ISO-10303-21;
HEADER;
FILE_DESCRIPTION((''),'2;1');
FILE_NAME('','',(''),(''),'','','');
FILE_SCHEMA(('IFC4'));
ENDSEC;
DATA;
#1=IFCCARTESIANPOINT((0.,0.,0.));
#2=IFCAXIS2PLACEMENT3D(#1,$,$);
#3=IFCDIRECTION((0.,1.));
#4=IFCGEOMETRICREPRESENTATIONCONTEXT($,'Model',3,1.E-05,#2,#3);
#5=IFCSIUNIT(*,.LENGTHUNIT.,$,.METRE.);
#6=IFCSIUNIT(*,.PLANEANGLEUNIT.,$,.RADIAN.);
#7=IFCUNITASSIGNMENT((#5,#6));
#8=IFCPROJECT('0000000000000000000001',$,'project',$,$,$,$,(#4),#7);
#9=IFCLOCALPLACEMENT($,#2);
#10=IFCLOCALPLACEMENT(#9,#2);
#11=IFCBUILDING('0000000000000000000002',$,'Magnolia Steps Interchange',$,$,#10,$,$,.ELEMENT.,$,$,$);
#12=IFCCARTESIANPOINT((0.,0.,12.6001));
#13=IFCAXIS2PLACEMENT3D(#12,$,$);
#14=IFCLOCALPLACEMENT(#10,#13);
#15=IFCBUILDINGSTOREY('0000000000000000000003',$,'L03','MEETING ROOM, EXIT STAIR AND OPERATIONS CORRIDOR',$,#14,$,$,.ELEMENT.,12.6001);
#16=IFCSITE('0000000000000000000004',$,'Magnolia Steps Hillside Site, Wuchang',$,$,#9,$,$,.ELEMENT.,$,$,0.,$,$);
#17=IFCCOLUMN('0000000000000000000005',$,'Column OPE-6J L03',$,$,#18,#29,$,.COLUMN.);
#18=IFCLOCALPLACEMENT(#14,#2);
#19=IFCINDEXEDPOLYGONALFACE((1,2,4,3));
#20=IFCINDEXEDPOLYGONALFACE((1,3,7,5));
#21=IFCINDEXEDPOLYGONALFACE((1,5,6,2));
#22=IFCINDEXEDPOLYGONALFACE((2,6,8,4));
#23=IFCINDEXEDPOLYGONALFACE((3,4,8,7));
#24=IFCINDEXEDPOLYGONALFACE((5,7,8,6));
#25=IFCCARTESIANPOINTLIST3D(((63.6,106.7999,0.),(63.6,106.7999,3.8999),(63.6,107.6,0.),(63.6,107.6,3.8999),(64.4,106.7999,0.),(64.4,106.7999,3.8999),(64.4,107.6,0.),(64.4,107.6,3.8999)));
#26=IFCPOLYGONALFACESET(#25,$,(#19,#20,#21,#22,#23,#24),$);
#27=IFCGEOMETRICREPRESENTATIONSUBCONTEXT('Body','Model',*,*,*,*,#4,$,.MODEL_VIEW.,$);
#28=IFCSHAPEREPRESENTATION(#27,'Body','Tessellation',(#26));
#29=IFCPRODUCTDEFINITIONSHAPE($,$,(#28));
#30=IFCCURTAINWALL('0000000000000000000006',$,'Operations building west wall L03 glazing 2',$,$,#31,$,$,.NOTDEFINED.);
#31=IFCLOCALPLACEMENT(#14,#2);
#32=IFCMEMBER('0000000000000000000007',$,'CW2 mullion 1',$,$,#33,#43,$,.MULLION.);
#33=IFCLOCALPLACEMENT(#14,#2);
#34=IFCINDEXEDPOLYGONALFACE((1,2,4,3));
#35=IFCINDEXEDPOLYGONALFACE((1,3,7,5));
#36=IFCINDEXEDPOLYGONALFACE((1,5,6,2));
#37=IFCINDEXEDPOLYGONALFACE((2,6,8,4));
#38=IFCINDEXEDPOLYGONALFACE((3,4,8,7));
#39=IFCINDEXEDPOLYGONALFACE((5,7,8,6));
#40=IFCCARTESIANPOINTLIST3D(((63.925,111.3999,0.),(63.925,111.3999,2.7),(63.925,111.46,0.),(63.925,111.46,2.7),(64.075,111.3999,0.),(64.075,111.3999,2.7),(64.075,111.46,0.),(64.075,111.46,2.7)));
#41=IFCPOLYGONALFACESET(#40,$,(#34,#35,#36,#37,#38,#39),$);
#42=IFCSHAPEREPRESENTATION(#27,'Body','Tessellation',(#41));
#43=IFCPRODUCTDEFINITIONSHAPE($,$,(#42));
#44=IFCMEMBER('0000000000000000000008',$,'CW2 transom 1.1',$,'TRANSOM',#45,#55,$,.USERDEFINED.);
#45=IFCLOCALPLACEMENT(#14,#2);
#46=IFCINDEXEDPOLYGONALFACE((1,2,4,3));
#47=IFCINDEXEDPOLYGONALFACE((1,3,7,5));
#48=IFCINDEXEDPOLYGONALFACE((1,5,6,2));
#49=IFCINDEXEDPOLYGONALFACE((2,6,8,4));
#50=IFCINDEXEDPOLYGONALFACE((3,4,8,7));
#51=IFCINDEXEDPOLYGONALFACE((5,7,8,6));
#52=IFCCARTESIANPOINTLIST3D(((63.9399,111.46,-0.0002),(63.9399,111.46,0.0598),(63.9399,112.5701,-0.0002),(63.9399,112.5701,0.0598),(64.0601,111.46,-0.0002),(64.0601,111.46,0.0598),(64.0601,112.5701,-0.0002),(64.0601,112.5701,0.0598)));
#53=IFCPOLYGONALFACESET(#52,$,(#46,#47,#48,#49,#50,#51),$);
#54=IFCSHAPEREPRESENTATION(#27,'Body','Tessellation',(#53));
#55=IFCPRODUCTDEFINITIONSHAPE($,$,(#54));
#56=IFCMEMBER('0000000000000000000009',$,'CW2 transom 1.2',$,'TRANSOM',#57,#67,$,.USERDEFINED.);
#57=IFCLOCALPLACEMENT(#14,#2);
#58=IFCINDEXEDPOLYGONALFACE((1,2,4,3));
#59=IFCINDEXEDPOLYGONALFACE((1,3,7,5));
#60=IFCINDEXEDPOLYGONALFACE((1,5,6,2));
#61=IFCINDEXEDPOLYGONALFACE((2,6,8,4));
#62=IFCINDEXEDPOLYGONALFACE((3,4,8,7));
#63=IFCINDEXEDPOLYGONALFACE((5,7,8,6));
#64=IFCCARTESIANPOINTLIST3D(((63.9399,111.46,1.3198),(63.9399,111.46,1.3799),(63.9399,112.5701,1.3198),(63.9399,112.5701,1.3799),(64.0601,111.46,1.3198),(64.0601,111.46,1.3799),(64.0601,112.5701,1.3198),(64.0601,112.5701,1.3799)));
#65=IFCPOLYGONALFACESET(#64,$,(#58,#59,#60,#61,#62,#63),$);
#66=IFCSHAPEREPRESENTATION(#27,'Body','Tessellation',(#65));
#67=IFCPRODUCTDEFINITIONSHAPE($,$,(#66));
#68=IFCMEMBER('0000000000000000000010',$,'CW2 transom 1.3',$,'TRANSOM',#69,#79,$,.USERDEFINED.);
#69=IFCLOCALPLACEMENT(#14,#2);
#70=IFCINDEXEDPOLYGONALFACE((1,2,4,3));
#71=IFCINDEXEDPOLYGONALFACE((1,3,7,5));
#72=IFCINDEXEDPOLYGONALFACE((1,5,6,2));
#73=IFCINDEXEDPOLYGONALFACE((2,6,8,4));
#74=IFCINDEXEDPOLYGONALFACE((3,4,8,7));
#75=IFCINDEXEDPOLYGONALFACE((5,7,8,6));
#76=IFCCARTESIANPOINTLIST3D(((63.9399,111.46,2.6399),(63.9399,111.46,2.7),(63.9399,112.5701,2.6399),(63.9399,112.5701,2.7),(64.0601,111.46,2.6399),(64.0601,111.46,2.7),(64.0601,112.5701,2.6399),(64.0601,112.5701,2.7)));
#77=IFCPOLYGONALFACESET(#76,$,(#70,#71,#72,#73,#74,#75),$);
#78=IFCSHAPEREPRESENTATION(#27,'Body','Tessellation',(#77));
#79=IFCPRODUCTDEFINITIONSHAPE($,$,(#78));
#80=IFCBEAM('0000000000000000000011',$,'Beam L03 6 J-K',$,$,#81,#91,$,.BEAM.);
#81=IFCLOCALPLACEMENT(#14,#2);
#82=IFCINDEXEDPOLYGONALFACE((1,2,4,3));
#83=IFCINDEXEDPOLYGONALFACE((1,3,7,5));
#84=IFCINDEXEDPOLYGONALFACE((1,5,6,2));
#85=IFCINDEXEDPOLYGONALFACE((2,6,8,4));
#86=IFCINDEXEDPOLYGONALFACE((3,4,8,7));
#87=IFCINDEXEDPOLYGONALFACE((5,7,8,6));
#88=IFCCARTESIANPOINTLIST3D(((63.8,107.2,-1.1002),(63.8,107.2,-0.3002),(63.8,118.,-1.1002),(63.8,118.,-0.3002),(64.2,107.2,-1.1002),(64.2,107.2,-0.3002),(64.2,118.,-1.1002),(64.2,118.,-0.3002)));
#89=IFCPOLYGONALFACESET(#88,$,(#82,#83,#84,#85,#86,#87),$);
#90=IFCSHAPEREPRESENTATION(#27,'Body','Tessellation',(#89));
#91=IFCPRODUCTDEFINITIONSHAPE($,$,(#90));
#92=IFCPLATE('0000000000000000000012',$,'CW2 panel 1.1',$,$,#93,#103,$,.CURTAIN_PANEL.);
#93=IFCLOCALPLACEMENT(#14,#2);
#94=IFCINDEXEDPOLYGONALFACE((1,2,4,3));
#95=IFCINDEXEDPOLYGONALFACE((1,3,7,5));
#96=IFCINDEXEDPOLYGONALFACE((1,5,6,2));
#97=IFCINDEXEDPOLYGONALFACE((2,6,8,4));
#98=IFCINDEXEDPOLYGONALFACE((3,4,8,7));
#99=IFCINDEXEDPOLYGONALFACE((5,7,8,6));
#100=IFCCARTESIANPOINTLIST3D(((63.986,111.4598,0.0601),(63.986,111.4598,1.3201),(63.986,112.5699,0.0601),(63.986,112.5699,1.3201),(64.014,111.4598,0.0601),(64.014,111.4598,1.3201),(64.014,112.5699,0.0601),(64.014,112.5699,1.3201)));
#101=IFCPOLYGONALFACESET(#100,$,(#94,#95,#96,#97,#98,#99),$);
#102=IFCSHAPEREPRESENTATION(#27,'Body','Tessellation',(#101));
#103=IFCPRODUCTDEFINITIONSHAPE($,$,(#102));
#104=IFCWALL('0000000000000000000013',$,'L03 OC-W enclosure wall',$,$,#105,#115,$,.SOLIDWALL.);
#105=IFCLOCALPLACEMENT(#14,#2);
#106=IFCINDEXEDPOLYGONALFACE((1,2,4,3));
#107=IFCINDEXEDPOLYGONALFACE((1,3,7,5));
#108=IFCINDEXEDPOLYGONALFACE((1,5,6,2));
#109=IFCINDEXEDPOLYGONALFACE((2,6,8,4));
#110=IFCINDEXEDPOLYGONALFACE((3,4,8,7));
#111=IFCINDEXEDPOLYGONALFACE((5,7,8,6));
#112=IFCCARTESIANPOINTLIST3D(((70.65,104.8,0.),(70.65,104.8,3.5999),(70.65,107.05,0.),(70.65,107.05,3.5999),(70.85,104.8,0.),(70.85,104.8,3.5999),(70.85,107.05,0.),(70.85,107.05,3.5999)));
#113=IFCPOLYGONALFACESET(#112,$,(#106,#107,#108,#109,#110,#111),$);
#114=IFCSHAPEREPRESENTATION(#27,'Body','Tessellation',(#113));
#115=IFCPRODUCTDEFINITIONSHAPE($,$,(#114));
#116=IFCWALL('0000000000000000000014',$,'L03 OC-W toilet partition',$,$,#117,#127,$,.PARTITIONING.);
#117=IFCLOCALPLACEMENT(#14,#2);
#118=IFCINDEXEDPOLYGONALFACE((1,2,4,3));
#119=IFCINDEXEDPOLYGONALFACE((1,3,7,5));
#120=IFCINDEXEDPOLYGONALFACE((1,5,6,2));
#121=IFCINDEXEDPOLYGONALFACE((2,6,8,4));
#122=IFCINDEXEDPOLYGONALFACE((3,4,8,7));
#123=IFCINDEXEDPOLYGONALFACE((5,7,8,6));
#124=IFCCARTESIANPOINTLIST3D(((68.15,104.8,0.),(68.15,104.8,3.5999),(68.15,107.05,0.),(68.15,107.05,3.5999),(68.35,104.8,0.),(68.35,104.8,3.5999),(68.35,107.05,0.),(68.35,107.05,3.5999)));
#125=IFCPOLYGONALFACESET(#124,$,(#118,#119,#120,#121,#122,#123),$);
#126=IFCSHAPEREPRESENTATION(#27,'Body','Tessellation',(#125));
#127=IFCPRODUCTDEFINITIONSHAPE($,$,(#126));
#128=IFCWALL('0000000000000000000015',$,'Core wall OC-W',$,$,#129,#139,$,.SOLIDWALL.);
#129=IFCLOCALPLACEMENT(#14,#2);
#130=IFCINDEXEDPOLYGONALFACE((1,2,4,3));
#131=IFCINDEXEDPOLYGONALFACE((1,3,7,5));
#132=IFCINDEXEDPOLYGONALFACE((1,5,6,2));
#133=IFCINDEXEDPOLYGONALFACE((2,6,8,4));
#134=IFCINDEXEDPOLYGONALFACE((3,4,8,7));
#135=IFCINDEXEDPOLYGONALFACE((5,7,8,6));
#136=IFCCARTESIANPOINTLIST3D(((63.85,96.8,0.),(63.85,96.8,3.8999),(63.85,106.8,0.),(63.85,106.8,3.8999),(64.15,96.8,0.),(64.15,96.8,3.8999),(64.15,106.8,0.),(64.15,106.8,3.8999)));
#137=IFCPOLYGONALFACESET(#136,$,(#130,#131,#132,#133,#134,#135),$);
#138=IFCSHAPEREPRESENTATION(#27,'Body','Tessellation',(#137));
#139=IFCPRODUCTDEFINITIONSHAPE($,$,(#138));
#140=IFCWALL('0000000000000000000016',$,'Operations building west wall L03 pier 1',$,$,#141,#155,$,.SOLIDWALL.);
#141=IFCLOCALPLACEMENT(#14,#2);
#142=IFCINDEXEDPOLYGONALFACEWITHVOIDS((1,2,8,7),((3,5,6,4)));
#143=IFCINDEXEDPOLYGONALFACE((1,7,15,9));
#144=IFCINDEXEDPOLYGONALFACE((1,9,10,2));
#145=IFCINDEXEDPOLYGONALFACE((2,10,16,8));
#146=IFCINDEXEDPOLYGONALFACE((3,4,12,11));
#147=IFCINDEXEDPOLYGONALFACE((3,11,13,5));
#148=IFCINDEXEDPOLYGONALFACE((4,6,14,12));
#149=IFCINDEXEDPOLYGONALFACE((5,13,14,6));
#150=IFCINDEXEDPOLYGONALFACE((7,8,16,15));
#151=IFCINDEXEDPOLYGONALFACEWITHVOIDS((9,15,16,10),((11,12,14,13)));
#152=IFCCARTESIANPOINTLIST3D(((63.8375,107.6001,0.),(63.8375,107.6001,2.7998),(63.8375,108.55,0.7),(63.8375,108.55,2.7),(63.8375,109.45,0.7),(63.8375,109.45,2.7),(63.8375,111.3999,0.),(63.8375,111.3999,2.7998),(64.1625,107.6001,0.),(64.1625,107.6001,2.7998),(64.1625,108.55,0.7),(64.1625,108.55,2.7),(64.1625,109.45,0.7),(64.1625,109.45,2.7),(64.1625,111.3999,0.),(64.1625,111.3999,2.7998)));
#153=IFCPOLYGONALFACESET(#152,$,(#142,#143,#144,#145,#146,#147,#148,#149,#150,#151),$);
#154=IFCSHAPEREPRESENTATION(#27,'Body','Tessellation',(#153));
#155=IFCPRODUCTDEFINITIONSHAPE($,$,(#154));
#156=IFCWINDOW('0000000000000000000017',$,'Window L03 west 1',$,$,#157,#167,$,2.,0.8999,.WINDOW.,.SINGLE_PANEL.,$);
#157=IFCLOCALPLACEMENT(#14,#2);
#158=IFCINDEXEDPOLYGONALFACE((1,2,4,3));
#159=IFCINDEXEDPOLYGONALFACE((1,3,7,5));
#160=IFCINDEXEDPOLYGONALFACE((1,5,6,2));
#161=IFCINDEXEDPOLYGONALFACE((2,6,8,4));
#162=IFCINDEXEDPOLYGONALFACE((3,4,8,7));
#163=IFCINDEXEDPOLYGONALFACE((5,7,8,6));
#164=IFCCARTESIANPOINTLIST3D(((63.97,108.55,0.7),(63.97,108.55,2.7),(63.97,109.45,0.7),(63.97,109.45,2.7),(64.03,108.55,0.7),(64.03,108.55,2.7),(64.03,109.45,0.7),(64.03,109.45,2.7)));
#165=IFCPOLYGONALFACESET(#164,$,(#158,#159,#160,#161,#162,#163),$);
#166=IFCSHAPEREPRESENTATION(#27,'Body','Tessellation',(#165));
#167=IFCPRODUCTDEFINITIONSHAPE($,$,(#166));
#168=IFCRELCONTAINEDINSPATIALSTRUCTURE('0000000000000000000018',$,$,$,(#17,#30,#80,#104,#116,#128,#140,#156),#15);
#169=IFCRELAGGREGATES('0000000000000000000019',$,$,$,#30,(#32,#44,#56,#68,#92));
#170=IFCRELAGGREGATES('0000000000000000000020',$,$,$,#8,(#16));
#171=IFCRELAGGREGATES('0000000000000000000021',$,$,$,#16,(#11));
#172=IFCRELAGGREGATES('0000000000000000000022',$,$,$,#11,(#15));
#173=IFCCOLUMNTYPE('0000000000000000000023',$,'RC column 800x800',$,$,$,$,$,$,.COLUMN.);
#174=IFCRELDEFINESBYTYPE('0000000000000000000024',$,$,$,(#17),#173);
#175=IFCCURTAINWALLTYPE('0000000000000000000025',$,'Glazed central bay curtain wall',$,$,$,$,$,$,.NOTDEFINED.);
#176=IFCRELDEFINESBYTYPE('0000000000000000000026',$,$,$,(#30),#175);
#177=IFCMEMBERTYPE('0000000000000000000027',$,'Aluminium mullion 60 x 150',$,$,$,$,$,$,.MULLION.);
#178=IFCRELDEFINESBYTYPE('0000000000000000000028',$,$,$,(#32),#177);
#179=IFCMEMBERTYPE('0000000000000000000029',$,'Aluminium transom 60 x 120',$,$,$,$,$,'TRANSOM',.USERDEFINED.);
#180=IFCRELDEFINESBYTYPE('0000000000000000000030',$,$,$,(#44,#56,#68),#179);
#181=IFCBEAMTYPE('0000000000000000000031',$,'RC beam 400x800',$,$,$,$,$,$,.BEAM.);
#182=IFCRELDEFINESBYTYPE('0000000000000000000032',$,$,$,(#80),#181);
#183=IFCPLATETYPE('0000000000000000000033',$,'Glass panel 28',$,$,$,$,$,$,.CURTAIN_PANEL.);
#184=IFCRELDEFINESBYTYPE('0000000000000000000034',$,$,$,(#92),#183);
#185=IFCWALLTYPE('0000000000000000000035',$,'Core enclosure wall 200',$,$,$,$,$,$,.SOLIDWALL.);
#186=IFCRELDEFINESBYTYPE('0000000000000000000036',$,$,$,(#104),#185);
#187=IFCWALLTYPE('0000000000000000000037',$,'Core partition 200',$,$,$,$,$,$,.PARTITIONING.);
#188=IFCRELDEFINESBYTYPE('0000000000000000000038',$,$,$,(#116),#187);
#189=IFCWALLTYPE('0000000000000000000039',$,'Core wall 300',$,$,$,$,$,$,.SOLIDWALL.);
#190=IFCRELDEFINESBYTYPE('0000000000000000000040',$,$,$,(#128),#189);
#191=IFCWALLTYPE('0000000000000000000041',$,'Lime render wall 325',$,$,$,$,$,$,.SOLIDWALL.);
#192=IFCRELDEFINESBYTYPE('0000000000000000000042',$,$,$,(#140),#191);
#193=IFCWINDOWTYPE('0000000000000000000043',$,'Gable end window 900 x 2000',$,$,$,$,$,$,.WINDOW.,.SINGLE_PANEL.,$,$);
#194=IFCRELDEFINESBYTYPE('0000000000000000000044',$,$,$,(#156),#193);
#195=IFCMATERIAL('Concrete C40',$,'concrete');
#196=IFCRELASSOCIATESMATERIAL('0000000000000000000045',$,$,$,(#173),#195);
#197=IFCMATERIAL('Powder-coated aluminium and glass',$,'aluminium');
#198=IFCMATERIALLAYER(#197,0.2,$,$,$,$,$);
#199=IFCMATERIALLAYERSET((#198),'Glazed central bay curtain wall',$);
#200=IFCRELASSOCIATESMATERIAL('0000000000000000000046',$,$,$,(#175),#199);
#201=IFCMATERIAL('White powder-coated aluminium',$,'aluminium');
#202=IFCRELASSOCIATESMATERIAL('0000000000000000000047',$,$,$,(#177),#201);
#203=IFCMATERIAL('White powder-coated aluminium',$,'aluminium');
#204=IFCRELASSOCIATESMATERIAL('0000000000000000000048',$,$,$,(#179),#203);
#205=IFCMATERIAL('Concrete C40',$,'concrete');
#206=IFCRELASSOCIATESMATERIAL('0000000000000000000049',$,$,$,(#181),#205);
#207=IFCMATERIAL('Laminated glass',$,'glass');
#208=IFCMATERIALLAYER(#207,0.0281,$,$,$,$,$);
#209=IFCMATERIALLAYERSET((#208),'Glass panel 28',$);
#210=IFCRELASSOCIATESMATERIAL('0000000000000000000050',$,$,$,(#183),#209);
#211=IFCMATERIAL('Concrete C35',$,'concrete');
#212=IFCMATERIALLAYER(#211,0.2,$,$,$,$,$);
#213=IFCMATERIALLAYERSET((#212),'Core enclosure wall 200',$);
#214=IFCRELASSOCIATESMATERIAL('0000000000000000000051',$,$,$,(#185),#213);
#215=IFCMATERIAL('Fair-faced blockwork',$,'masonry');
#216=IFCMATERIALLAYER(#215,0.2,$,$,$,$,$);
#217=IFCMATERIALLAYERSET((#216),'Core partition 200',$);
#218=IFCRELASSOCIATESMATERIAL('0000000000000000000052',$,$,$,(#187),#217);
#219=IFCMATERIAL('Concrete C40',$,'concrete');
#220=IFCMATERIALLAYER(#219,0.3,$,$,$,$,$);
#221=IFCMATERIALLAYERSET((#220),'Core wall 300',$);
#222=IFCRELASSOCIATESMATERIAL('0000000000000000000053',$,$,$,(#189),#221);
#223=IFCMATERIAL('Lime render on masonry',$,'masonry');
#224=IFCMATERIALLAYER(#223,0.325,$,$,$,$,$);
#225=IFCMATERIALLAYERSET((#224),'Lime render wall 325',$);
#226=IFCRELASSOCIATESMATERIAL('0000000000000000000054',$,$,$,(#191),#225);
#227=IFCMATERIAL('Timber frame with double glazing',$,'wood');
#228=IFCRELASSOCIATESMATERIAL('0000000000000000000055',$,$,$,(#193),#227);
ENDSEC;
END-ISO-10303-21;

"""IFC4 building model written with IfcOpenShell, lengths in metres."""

from ifc_helpers import new_model, si_unit, direction, frame, frame_2d, origin, origin_2d, place, context, subcontext, project, spatial, rectangle, extrude, material, layer, layer_set, material_profile, profile_set, type_object, element, fill, aggregate, save


model = new_model("IFC4")

# Units and contexts
model_context = context("Model", 3, precision=1e-05, world=origin(), true_north=direction((0.0, 1.0)))
body_context = subcontext(model_context, "Body", "Model", "MODEL_VIEW")
ifc_project = project(units=[si_unit("LENGTHUNIT", "METRE"), si_unit("PLANEANGLEUNIT", "RADIAN")], contexts=[model_context])

# Site, building, storey
site_placement = place(None, origin())
site = spatial("IfcSite", under=ifc_project, at=site_placement, Name="Magnolia Steps Hillside Site, Wuchang", CompositionType="ELEMENT", RefElevation=0.0)
building_placement = place(site_placement, origin())
building = spatial("IfcBuilding", under=site, at=building_placement, Name="Magnolia Steps Interchange", CompositionType="ELEMENT")
storey_placement = place(building_placement, frame((0.0, 0.0, 12.6001)))
storey = spatial("IfcBuildingStorey", under=building, at=storey_placement, Name="L03", Description="MEETING ROOM, EXIT STAIR AND OPERATIONS CORRIDOR", CompositionType="ELEMENT", Elevation=12.6001)

# Column
ifc_material_1 = material(Name="Concrete C40", Category="concrete")
ifc_material_profile_1 = material_profile(ifc_material_1, rectangle(XDim=0.8, YDim=0.8, at=origin_2d()), Name="RC800x800")
ifc_profile_set_1 = profile_set([ifc_material_profile_1], Name="Concrete C40")
column_type = type_object("IfcColumnType", Name="RC column 800x800", PredefinedType="COLUMN", material=ifc_profile_set_1)
column_placement = place(storey_placement, frame((64.0, 107.2, 0.0), z_axis=(0.0, 0.0, 1.0), x_axis=(1.0, 0.0, 0.0)))
element("IfcColumn", 1, at=column_placement, inside=storey, type_object=column_type, Name="Column OPE-6J L03", PredefinedType="COLUMN", context=body_context, shape_type="SweptSolid", body=[
    extrude(rectangle(XDim=0.8, YDim=0.8, at=origin_2d()), origin(), (0.0, 0.0, 1.0), 3.8999),
])

# Curtain wall, members
ifc_material_2 = material(Name="Powder-coated aluminium and glass", Category="aluminium")
ifc_layer_1 = layer(ifc_material_2, 0.2)
ifc_layer_set_1 = layer_set([ifc_layer_1], Name="Glazed central bay curtain wall")
curtain_wall_type = type_object("IfcCurtainWallType", Name="Glazed central bay curtain wall", PredefinedType="NOTDEFINED", material=ifc_layer_set_1)
curtain_wall_placement = place(storey_placement, origin())
curtain_wall = element("IfcCurtainWall", 2, at=curtain_wall_placement, inside=storey, type_object=curtain_wall_type, Name="Operations building west wall L03 glazing 2", PredefinedType="NOTDEFINED")
ifc_material_3 = material(Name="White powder-coated aluminium", Category="aluminium")
ifc_material_profile_2 = material_profile(ifc_material_3, rectangle(XDim=0.0601, YDim=0.1499, at=origin_2d()), Name="Aluminium mullion 60 x 150")
ifc_profile_set_2 = profile_set([ifc_material_profile_2], Name="White powder-coated aluminium")
member_type_1 = type_object("IfcMemberType", Name="Aluminium mullion 60 x 150", PredefinedType="MULLION", material=ifc_profile_set_2)
member_1_placement = place(storey_placement, frame((64.0, 111.4299, 0.0), z_axis=(0.0, 0.0, 1.0), x_axis=(0.0, 1.0, 0.0)))
member_1 = element("IfcMember", 3, at=member_1_placement, type_object=member_type_1, Name="CW2 mullion 1", PredefinedType="MULLION", context=body_context, shape_type="SweptSolid", body=[
    extrude(rectangle(XDim=0.0601, YDim=0.1499, at=origin_2d()), origin(), (0.0, 0.0, 1.0), 2.7),
])
ifc_material_4 = material(Name="White powder-coated aluminium", Category="aluminium")
ifc_material_profile_3 = material_profile(ifc_material_4, rectangle(XDim=0.0601, YDim=0.1201, at=origin_2d()), Name="Aluminium transom 60 x 120")
ifc_profile_set_3 = profile_set([ifc_material_profile_3], Name="White powder-coated aluminium")
member_type_2 = type_object("IfcMemberType", Name="Aluminium transom 60 x 120", ElementType="TRANSOM", PredefinedType="USERDEFINED", material=ifc_profile_set_3)
member_2_placement = place(storey_placement, frame((64.0, 111.46, 0.0298), z_axis=(0.0, 1.0, 0.0), x_axis=(0.0, 0.0, 1.0)))
member_2 = element("IfcMember", 4, at=member_2_placement, type_object=member_type_2, Name="CW2 transom 1.1", ObjectType="TRANSOM", PredefinedType="USERDEFINED", context=body_context, shape_type="SweptSolid", body=[
    extrude(rectangle(XDim=0.0601, YDim=0.1201, at=origin_2d()), origin(), (0.0, 0.0, 1.0), 1.1101),
])
member_3_placement = place(storey_placement, frame((64.0, 111.46, 1.3499), z_axis=(0.0, 1.0, 0.0), x_axis=(0.0, 0.0, 1.0)))
member_3 = element("IfcMember", 5, at=member_3_placement, type_object=member_type_2, Name="CW2 transom 1.2", ObjectType="TRANSOM", PredefinedType="USERDEFINED", context=body_context, shape_type="SweptSolid", body=[
    extrude(rectangle(XDim=0.0601, YDim=0.1201, at=origin_2d()), origin(), (0.0, 0.0, 1.0), 1.1101),
])
member_4_placement = place(storey_placement, frame((64.0, 111.46, 2.6699), z_axis=(0.0, 1.0, 0.0), x_axis=(0.0, 0.0, 1.0)))
member_4 = element("IfcMember", 6, at=member_4_placement, type_object=member_type_2, Name="CW2 transom 1.3", ObjectType="TRANSOM", PredefinedType="USERDEFINED", context=body_context, shape_type="SweptSolid", body=[
    extrude(rectangle(XDim=0.0601, YDim=0.1201, at=origin_2d()), origin(), (0.0, 0.0, 1.0), 1.1101),
])

# Beam
ifc_material_5 = material(Name="Concrete C40", Category="concrete")
ifc_material_profile_4 = material_profile(ifc_material_5, rectangle(XDim=0.3999, YDim=0.8, at=origin_2d()), Name="RC400x800")
ifc_profile_set_4 = profile_set([ifc_material_profile_4], Name="Concrete C40")
beam_type = type_object("IfcBeamType", Name="RC beam 400x800", PredefinedType="BEAM", material=ifc_profile_set_4)
beam_placement = place(storey_placement, frame((64.0, 107.2, -0.7002), z_axis=(0.0, 1.0, 0.0), x_axis=(-1.0, 0.0, 0.0)))
element("IfcBeam", 7, at=beam_placement, inside=storey, type_object=beam_type, Name="Beam L03 6 J-K", PredefinedType="BEAM", context=body_context, shape_type="SweptSolid", body=[
    extrude(rectangle(XDim=0.3999, YDim=0.8, at=origin_2d()), origin(), (0.0, 0.0, 1.0), 10.8),
])

# Plate
ifc_material_6 = material(Name="Laminated glass", Category="glass")
ifc_layer_2 = layer(ifc_material_6, 0.0281)
ifc_layer_set_2 = layer_set([ifc_layer_2], Name="Glass panel 28")
plate_type = type_object("IfcPlateType", Name="Glass panel 28", PredefinedType="CURTAIN_PANEL", material=ifc_layer_set_2)
plate_placement = place(storey_placement, frame((64.0, 112.0149, 0.0601), z_axis=(0.0, 0.0, 1.0), x_axis=(0.0, 1.0, 0.0)))
plate = element("IfcPlate", 8, at=plate_placement, type_object=plate_type, Name="CW2 panel 1.1", PredefinedType="CURTAIN_PANEL", context=body_context, shape_type="SweptSolid", body=[
    extrude(rectangle(XDim=1.1101, YDim=0.0281, at=origin_2d()), origin(), (0.0, 0.0, 1.0), 1.26),
])
aggregate(curtain_wall, [member_1, member_2, member_3, member_4, plate])

# Walls
ifc_material_7 = material(Name="Concrete C35", Category="concrete")
ifc_layer_3 = layer(ifc_material_7, 0.2)
ifc_layer_set_3 = layer_set([ifc_layer_3], Name="Core enclosure wall 200")
wall_type_1 = type_object("IfcWallType", Name="Core enclosure wall 200", PredefinedType="SOLIDWALL", material=ifc_layer_set_3)
wall_1_placement = place(storey_placement, frame((70.75, 104.8, 0.0), z_axis=(0.0, 0.0, 1.0), x_axis=(0.0, 1.0, 0.0)))
element("IfcWall", 9, at=wall_1_placement, inside=storey, type_object=wall_type_1, Name="L03 OC-W enclosure wall", PredefinedType="SOLIDWALL", context=body_context, shape_type="SweptSolid", body=[
    extrude(rectangle(XDim=2.25, YDim=0.2, at=frame_2d((1.125, 0.0))), origin(), (0.0, 0.0, 1.0), 3.5999),
])
ifc_material_8 = material(Name="Fair-faced blockwork", Category="masonry")
ifc_layer_4 = layer(ifc_material_8, 0.2)
ifc_layer_set_4 = layer_set([ifc_layer_4], Name="Core partition 200")
wall_type_2 = type_object("IfcWallType", Name="Core partition 200", PredefinedType="PARTITIONING", material=ifc_layer_set_4)
wall_2_placement = place(storey_placement, frame((68.25, 104.8, 0.0), z_axis=(0.0, 0.0, 1.0), x_axis=(0.0, 1.0, 0.0)))
element("IfcWall", 10, at=wall_2_placement, inside=storey, type_object=wall_type_2, Name="L03 OC-W toilet partition", PredefinedType="PARTITIONING", context=body_context, shape_type="SweptSolid", body=[
    extrude(rectangle(XDim=2.25, YDim=0.2, at=frame_2d((1.125, 0.0))), origin(), (0.0, 0.0, 1.0), 3.5999),
])
ifc_material_9 = material(Name="Concrete C40", Category="concrete")
ifc_layer_5 = layer(ifc_material_9, 0.3)
ifc_layer_set_5 = layer_set([ifc_layer_5], Name="Core wall 300")
wall_type_3 = type_object("IfcWallType", Name="Core wall 300", PredefinedType="SOLIDWALL", material=ifc_layer_set_5)
wall_3_placement = place(storey_placement, frame((64.0, 106.8, 0.0), z_axis=(0.0, 0.0, 1.0), x_axis=(0.0, -1.0, 0.0)))
element("IfcWall", 11, at=wall_3_placement, inside=storey, type_object=wall_type_3, Name="Core wall OC-W", PredefinedType="SOLIDWALL", context=body_context, shape_type="SweptSolid", body=[
    extrude(rectangle(XDim=10.0, YDim=0.3, at=frame_2d((5.0, 0.0))), origin(), (0.0, 0.0, 1.0), 3.8999),
])

# Wall, opening, window
ifc_material_10 = material(Name="Lime render on masonry", Category="masonry")
ifc_layer_6 = layer(ifc_material_10, 0.325)
ifc_layer_set_6 = layer_set([ifc_layer_6], Name="Lime render wall 325")
wall_type_4 = type_object("IfcWallType", Name="Lime render wall 325", PredefinedType="SOLIDWALL", material=ifc_layer_set_6)
wall_4_placement = place(storey_placement, frame((64.0, 107.6001, 0.0), z_axis=(0.0, 0.0, 1.0), x_axis=(0.0, 1.0, 0.0)))
wall_4 = element("IfcWall", 12, at=wall_4_placement, inside=storey, type_object=wall_type_4, Name="Operations building west wall L03 pier 1", PredefinedType="SOLIDWALL", context=body_context, shape_type="SweptSolid", body=[
    extrude(rectangle(XDim=3.7998, YDim=0.325, at=frame_2d((1.8999, 0.0))), origin(), (0.0, 0.0, 1.0), 2.7998),
])
opening_1_placement = place(wall_4_placement, frame((0.95, 0.0, 0.7)))
opening_1 = element("IfcOpeningElement", 13, at=opening_1_placement, cuts=wall_4, PredefinedType="OPENING", context=body_context, shape_type="SweptSolid", body=[
    extrude(rectangle(XDim=0.8999, YDim=2.0, at=frame_2d((0.45, 1.0))), frame((0.0, 0.1724, 0.0), z_axis=(0.0, -1.0, 0.0), x_axis=(1.0, 0.0, 0.0)), (0.0, 0.0, 1.0), 0.345),
])
ifc_material_11 = material(Name="Timber frame with double glazing", Category="wood")
window_type = type_object("IfcWindowType", Name="Gable end window 900 x 2000", PartitioningType="SINGLE_PANEL", PredefinedType="WINDOW", material=ifc_material_11)
window_placement = place(opening_1_placement, origin())
window = element("IfcWindow", 14, at=window_placement, inside=storey, type_object=window_type, Name="Window L03 west 1", OverallHeight=2.0, OverallWidth=0.8999, PartitioningType="SINGLE_PANEL", PredefinedType="WINDOW", context=body_context, shape_type="SweptSolid", body=[
    extrude(rectangle(XDim=0.8999, YDim=2.0, at=frame_2d((0.45, 1.0))), frame((0.0, 0.03, 0.0), z_axis=(0.0, -1.0, 0.0), x_axis=(1.0, 0.0, 0.0)), (0.0, 0.0, 1.0), 0.0601),
])
fill(opening_1, window)

save(model, "model.ifc")
